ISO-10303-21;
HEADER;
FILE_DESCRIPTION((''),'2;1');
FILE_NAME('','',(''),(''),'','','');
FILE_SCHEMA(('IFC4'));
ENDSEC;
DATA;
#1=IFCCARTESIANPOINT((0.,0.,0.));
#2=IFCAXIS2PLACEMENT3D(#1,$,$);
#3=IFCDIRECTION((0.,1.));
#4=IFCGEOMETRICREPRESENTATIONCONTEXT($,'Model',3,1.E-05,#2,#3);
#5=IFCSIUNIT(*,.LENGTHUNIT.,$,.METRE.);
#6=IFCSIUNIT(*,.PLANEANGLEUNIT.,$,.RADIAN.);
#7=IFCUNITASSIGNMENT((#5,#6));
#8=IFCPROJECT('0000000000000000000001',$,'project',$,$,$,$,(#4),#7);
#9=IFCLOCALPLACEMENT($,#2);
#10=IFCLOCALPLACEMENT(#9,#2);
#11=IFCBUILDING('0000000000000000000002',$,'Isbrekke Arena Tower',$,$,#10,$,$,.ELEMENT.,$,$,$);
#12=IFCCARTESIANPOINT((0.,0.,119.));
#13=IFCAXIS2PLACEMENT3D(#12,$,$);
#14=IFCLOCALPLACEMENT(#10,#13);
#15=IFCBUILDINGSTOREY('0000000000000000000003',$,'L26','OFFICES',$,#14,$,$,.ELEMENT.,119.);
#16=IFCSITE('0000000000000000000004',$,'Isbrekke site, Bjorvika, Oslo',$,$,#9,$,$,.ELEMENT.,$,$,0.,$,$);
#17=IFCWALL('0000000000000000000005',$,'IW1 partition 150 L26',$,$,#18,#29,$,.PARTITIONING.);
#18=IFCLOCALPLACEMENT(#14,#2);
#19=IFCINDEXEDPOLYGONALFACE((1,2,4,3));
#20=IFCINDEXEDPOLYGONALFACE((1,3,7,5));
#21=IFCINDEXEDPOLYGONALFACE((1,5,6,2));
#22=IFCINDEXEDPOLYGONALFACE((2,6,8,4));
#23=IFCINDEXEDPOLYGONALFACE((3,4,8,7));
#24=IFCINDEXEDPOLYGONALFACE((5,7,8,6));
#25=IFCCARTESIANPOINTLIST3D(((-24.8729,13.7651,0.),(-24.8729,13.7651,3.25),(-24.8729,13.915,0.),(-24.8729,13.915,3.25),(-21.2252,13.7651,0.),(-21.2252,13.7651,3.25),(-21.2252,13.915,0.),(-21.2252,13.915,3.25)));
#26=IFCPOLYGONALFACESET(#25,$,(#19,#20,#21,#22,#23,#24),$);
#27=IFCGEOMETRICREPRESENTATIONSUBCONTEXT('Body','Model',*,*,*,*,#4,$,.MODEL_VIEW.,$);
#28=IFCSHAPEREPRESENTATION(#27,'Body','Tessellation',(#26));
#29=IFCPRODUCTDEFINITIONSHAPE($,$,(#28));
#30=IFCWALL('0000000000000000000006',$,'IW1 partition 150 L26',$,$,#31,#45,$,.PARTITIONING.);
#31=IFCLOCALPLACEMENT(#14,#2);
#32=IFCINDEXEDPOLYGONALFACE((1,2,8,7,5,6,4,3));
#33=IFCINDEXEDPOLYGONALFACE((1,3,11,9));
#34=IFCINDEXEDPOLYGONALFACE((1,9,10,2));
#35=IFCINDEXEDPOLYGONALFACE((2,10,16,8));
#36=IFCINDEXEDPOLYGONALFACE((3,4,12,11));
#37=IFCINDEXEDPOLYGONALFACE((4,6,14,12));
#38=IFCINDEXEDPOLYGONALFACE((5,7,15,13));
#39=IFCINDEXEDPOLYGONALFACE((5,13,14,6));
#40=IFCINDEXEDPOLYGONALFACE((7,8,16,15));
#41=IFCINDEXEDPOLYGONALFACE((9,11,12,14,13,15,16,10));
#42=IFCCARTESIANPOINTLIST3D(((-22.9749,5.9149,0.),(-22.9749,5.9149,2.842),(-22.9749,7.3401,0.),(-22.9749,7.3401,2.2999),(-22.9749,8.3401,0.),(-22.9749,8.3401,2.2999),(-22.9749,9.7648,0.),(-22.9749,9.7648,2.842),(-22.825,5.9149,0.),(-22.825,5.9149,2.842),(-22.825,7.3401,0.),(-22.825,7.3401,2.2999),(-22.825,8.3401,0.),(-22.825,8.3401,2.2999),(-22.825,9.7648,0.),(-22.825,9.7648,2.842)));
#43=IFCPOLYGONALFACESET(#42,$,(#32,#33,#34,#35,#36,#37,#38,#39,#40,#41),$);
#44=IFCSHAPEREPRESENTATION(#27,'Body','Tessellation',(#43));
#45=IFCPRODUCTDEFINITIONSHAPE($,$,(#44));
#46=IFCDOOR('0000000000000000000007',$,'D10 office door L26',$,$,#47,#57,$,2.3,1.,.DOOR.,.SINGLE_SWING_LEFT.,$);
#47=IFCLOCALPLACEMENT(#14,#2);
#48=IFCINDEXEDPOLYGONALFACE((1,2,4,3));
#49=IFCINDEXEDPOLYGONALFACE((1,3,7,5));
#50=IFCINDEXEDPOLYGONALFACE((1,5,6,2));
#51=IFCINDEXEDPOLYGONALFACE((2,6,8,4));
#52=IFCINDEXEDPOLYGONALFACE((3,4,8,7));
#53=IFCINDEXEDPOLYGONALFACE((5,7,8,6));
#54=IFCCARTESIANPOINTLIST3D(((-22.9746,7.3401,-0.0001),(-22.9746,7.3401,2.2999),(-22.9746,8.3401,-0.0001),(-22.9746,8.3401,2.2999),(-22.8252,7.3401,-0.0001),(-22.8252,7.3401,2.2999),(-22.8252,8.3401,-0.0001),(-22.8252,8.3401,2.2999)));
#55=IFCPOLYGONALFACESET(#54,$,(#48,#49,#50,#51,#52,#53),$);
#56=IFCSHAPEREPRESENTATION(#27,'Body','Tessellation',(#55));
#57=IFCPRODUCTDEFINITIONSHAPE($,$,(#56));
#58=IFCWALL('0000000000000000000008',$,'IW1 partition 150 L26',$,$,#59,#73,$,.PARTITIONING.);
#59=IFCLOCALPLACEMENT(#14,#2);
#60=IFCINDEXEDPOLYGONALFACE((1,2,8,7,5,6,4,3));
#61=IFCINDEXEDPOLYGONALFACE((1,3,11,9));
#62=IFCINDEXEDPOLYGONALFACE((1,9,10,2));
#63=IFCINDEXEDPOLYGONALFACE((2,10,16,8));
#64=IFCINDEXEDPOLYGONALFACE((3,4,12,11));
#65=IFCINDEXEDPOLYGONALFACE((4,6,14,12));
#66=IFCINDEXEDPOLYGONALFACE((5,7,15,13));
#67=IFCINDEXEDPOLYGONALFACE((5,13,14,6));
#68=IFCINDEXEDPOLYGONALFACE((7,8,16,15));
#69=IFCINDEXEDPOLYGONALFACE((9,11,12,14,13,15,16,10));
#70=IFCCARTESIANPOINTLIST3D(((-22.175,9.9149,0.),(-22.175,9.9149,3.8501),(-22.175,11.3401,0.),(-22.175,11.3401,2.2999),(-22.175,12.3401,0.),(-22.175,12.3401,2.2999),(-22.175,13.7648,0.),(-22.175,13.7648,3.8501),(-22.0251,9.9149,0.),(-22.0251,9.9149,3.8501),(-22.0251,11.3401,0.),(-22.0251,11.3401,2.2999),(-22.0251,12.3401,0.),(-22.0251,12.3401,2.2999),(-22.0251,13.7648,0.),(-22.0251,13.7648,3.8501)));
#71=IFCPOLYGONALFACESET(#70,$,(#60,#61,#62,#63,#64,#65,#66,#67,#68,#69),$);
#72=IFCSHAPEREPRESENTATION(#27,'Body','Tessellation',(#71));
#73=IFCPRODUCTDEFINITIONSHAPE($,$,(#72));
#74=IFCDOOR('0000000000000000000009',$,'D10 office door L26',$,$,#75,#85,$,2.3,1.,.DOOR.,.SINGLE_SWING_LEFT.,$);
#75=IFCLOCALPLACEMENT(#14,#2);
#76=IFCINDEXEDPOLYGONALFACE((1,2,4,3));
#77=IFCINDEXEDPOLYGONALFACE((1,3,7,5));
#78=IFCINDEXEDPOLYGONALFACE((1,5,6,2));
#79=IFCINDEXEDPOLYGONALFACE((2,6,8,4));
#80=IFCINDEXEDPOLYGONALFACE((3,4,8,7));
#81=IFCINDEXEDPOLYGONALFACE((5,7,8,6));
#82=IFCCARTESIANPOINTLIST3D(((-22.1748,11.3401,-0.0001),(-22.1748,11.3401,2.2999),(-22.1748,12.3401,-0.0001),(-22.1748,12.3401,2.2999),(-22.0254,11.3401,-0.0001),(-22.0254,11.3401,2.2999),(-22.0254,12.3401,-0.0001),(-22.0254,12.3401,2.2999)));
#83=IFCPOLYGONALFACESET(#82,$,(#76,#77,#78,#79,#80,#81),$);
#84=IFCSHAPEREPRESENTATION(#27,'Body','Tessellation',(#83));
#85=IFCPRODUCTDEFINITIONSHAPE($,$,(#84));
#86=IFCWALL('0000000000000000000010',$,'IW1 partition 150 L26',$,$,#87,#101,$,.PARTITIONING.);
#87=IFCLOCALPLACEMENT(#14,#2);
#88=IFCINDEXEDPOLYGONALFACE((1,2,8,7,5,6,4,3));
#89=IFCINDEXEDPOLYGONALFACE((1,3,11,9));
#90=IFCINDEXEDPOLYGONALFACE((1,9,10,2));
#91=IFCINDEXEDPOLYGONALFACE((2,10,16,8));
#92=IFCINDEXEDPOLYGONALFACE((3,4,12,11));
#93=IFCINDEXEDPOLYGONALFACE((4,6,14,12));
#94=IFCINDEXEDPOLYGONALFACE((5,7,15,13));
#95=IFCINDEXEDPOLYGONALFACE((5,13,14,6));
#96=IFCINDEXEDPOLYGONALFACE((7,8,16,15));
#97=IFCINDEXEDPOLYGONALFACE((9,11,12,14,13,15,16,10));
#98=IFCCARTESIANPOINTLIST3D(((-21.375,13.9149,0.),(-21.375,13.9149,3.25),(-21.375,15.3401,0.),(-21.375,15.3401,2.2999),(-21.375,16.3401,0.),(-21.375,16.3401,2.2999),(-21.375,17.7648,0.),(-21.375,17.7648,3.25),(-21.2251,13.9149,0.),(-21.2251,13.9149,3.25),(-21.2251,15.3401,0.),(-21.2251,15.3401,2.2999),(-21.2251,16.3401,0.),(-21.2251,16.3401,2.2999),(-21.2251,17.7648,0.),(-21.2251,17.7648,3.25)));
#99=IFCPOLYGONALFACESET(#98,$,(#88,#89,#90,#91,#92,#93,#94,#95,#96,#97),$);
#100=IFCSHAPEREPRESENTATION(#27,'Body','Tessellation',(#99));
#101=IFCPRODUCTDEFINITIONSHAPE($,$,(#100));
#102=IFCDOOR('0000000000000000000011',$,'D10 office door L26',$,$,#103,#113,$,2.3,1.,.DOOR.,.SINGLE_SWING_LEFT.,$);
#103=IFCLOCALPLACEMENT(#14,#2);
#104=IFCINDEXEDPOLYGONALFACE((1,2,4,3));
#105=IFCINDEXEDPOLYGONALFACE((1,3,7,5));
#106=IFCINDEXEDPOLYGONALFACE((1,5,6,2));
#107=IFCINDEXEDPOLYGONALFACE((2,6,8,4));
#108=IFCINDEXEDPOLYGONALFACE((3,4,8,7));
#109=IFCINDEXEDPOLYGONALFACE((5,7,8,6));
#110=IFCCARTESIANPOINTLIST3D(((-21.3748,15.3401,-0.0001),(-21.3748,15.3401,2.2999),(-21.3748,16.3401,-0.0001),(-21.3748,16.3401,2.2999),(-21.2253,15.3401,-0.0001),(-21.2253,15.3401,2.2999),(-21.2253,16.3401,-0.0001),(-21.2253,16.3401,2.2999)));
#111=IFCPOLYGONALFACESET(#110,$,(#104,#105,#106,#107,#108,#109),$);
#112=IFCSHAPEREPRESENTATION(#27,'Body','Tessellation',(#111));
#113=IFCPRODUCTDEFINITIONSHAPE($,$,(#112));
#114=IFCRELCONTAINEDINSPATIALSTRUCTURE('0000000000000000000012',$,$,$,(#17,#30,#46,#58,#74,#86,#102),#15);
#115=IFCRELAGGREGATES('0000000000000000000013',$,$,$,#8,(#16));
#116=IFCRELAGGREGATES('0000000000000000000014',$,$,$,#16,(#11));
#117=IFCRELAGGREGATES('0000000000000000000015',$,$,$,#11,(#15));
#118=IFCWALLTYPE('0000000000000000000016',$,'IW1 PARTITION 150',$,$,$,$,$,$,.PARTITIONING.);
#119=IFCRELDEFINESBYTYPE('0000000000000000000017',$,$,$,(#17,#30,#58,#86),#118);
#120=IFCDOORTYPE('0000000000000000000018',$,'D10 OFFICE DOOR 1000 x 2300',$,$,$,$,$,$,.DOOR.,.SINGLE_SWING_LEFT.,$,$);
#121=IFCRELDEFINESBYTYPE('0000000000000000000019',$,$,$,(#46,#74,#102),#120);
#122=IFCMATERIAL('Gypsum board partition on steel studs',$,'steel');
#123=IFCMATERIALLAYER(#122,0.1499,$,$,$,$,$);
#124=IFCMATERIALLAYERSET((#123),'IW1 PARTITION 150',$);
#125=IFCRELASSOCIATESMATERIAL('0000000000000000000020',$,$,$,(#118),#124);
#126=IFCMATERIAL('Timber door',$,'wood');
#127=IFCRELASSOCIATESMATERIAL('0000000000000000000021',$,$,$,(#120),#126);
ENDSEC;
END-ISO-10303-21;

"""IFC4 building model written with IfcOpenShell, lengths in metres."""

from ifc_helpers import new_model, si_unit, direction, frame, frame_2d, origin, place, context, subcontext, project, spatial, rectangle, extrude, material, layer, layer_set, type_object, element, fill, save


model = new_model("IFC4")

# Units and contexts
model_context = context("Model", 3, precision=1e-05, world=origin(), true_north=direction((0.0, 1.0)))
body_context = subcontext(model_context, "Body", "Model", "MODEL_VIEW")
ifc_project = project(units=[si_unit("LENGTHUNIT", "METRE"), si_unit("PLANEANGLEUNIT", "RADIAN")], contexts=[model_context])

# Site, building, storey
site_placement = place(None, origin())
site = spatial("IfcSite", under=ifc_project, at=site_placement, Name="Isbrekke site, Bjorvika, Oslo", CompositionType="ELEMENT", RefElevation=0.0)
building_placement = place(site_placement, origin())
building = spatial("IfcBuilding", under=site, at=building_placement, Name="Isbrekke Arena Tower", CompositionType="ELEMENT")
storey_placement = place(building_placement, frame((0.0, 0.0, 119.0)))
storey = spatial("IfcBuildingStorey", under=building, at=storey_placement, Name="L26", Description="OFFICES", CompositionType="ELEMENT", Elevation=119.0)

# Wall
ifc_material_1 = material(Name="Gypsum board partition on steel studs", Category="steel")
ifc_layer_1 = layer(ifc_material_1, 0.1499)
ifc_layer_set_1 = layer_set([ifc_layer_1], Name="IW1 PARTITION 150")
wall_type = type_object("IfcWallType", Name="IW1 PARTITION 150", PredefinedType="PARTITIONING", material=ifc_layer_set_1)
wall_1_placement = place(storey_placement, frame((-24.8728, 13.8401, 0.0), z_axis=(0.0, 0.0, 1.0), x_axis=(1.0, 0.0, 0.0)))
element("IfcWall", 1, at=wall_1_placement, inside=storey, type_object=wall_type, Name="IW1 partition 150 L26", PredefinedType="PARTITIONING", context=body_context, shape_type="SweptSolid", body=[
    extrude(rectangle(XDim=3.6477, YDim=0.1499, at=frame_2d((1.8237, 0.0))), origin(), (0.0, 0.0, 1.0), 3.25),
])

# Walls, openings, doors
wall_2_placement = place(storey_placement, frame((-22.8999, 5.915, 0.0), z_axis=(0.0, 0.0, 1.0), x_axis=(0.0, 1.0, 0.0)))
wall_2 = element("IfcWall", 2, at=wall_2_placement, inside=storey, type_object=wall_type, Name="IW1 partition 150 L26", PredefinedType="PARTITIONING", context=body_context, shape_type="SweptSolid", body=[
    extrude(rectangle(XDim=3.8499, YDim=0.1499, at=frame_2d((1.9248, 0.0))), origin(), (0.0, 0.0, 1.0), 2.842),
])
opening_1_placement = place(wall_2_placement, frame((1.425, 0.0, 0.0)))
opening_1 = element("IfcOpeningElement", 3, at=opening_1_placement, cuts=wall_2, PredefinedType="OPENING", context=body_context, shape_type="SweptSolid", body=[
    extrude(rectangle(XDim=1.0, YDim=2.3, at=frame_2d((0.5, 1.1499))), frame((0.0, 0.0898, 0.0), z_axis=(0.0, -1.0, 0.0), x_axis=(1.0, 0.0, 0.0)), (0.0, 0.0, 1.0), 0.1797),
])
ifc_material_2 = material(Name="Timber door", Category="wood")
door_type = type_object("IfcDoorType", Name="D10 OFFICE DOOR 1000 x 2300", OperationType="SINGLE_SWING_LEFT", PredefinedType="DOOR", material=ifc_material_2)
door_1_placement = place(opening_1_placement, origin())
door_1 = element("IfcDoor", 4, at=door_1_placement, inside=storey, type_object=door_type, Name="D10 office door L26", OperationType="SINGLE_SWING_LEFT", OverallHeight=2.3, OverallWidth=1.0, PredefinedType="DOOR", context=body_context, shape_type="SweptSolid", body=[
    extrude(rectangle(XDim=1.0, YDim=2.3, at=frame_2d((0.5, 1.1499))), frame((0.0, 0.0747, 0.0), z_axis=(0.0, -1.0, 0.0), x_axis=(1.0, 0.0, 0.0)), (0.0, 0.0, 1.0), 0.1494),
])
fill(opening_1, door_1)
wall_3_placement = place(storey_placement, frame((-22.1001, 9.915, 0.0), z_axis=(0.0, 0.0, 1.0), x_axis=(0.0, 1.0, 0.0)))
wall_3 = element("IfcWall", 5, at=wall_3_placement, inside=storey, type_object=wall_type, Name="IW1 partition 150 L26", PredefinedType="PARTITIONING", context=body_context, shape_type="SweptSolid", body=[
    extrude(rectangle(XDim=3.8499, YDim=0.1499, at=frame_2d((1.9248, 0.0))), origin(), (0.0, 0.0, 1.0), 3.8501),
])
opening_2_placement = place(wall_3_placement, frame((1.425, 0.0, 0.0)))
opening_2 = element("IfcOpeningElement", 6, at=opening_2_placement, cuts=wall_3, PredefinedType="OPENING", context=body_context, shape_type="SweptSolid", body=[
    extrude(rectangle(XDim=1.0, YDim=2.3, at=frame_2d((0.5, 1.1499))), frame((0.0, 0.0898, 0.0), z_axis=(0.0, -1.0, 0.0), x_axis=(1.0, 0.0, 0.0)), (0.0, 0.0, 1.0), 0.1797),
])
door_2_placement = place(opening_2_placement, origin())
door_2 = element("IfcDoor", 7, at=door_2_placement, inside=storey, type_object=door_type, Name="D10 office door L26", OperationType="SINGLE_SWING_LEFT", OverallHeight=2.3, OverallWidth=1.0, PredefinedType="DOOR", context=body_context, shape_type="SweptSolid", body=[
    extrude(rectangle(XDim=1.0, YDim=2.3, at=frame_2d((0.5, 1.1499))), frame((0.0, 0.0747, 0.0), z_axis=(0.0, -1.0, 0.0), x_axis=(1.0, 0.0, 0.0)), (0.0, 0.0, 1.0), 0.1494),
])
fill(opening_2, door_2)
wall_4_placement = place(storey_placement, frame((-21.3, 13.915, 0.0), z_axis=(0.0, 0.0, 1.0), x_axis=(0.0, 1.0, 0.0)))
wall_4 = element("IfcWall", 8, at=wall_4_placement, inside=storey, type_object=wall_type, Name="IW1 partition 150 L26", PredefinedType="PARTITIONING", context=body_context, shape_type="SweptSolid", body=[
    extrude(rectangle(XDim=3.8499, YDim=0.1499, at=frame_2d((1.9248, 0.0))), origin(), (0.0, 0.0, 1.0), 3.25),
])
opening_3_placement = place(wall_4_placement, frame((1.425, 0.0, 0.0)))
opening_3 = element("IfcOpeningElement", 9, at=opening_3_placement, cuts=wall_4, PredefinedType="OPENING", context=body_context, shape_type="SweptSolid", body=[
    extrude(rectangle(XDim=1.0, YDim=2.3, at=frame_2d((0.5, 1.1499))), frame((0.0, 0.0898, 0.0), z_axis=(0.0, -1.0, 0.0), x_axis=(1.0, 0.0, 0.0)), (0.0, 0.0, 1.0), 0.1797),
])
door_3_placement = place(opening_3_placement, origin())
door_3 = element("IfcDoor", 10, at=door_3_placement, inside=storey, type_object=door_type, Name="D10 office door L26", OperationType="SINGLE_SWING_LEFT", OverallHeight=2.3, OverallWidth=1.0, PredefinedType="DOOR", context=body_context, shape_type="SweptSolid", body=[
    extrude(rectangle(XDim=1.0, YDim=2.3, at=frame_2d((0.5, 1.1499))), frame((0.0, 0.0747, 0.0), z_axis=(0.0, -1.0, 0.0), x_axis=(1.0, 0.0, 0.0)), (0.0, 0.0, 1.0), 0.1494),
])
fill(opening_3, door_3)

save(model, "model.ifc")
